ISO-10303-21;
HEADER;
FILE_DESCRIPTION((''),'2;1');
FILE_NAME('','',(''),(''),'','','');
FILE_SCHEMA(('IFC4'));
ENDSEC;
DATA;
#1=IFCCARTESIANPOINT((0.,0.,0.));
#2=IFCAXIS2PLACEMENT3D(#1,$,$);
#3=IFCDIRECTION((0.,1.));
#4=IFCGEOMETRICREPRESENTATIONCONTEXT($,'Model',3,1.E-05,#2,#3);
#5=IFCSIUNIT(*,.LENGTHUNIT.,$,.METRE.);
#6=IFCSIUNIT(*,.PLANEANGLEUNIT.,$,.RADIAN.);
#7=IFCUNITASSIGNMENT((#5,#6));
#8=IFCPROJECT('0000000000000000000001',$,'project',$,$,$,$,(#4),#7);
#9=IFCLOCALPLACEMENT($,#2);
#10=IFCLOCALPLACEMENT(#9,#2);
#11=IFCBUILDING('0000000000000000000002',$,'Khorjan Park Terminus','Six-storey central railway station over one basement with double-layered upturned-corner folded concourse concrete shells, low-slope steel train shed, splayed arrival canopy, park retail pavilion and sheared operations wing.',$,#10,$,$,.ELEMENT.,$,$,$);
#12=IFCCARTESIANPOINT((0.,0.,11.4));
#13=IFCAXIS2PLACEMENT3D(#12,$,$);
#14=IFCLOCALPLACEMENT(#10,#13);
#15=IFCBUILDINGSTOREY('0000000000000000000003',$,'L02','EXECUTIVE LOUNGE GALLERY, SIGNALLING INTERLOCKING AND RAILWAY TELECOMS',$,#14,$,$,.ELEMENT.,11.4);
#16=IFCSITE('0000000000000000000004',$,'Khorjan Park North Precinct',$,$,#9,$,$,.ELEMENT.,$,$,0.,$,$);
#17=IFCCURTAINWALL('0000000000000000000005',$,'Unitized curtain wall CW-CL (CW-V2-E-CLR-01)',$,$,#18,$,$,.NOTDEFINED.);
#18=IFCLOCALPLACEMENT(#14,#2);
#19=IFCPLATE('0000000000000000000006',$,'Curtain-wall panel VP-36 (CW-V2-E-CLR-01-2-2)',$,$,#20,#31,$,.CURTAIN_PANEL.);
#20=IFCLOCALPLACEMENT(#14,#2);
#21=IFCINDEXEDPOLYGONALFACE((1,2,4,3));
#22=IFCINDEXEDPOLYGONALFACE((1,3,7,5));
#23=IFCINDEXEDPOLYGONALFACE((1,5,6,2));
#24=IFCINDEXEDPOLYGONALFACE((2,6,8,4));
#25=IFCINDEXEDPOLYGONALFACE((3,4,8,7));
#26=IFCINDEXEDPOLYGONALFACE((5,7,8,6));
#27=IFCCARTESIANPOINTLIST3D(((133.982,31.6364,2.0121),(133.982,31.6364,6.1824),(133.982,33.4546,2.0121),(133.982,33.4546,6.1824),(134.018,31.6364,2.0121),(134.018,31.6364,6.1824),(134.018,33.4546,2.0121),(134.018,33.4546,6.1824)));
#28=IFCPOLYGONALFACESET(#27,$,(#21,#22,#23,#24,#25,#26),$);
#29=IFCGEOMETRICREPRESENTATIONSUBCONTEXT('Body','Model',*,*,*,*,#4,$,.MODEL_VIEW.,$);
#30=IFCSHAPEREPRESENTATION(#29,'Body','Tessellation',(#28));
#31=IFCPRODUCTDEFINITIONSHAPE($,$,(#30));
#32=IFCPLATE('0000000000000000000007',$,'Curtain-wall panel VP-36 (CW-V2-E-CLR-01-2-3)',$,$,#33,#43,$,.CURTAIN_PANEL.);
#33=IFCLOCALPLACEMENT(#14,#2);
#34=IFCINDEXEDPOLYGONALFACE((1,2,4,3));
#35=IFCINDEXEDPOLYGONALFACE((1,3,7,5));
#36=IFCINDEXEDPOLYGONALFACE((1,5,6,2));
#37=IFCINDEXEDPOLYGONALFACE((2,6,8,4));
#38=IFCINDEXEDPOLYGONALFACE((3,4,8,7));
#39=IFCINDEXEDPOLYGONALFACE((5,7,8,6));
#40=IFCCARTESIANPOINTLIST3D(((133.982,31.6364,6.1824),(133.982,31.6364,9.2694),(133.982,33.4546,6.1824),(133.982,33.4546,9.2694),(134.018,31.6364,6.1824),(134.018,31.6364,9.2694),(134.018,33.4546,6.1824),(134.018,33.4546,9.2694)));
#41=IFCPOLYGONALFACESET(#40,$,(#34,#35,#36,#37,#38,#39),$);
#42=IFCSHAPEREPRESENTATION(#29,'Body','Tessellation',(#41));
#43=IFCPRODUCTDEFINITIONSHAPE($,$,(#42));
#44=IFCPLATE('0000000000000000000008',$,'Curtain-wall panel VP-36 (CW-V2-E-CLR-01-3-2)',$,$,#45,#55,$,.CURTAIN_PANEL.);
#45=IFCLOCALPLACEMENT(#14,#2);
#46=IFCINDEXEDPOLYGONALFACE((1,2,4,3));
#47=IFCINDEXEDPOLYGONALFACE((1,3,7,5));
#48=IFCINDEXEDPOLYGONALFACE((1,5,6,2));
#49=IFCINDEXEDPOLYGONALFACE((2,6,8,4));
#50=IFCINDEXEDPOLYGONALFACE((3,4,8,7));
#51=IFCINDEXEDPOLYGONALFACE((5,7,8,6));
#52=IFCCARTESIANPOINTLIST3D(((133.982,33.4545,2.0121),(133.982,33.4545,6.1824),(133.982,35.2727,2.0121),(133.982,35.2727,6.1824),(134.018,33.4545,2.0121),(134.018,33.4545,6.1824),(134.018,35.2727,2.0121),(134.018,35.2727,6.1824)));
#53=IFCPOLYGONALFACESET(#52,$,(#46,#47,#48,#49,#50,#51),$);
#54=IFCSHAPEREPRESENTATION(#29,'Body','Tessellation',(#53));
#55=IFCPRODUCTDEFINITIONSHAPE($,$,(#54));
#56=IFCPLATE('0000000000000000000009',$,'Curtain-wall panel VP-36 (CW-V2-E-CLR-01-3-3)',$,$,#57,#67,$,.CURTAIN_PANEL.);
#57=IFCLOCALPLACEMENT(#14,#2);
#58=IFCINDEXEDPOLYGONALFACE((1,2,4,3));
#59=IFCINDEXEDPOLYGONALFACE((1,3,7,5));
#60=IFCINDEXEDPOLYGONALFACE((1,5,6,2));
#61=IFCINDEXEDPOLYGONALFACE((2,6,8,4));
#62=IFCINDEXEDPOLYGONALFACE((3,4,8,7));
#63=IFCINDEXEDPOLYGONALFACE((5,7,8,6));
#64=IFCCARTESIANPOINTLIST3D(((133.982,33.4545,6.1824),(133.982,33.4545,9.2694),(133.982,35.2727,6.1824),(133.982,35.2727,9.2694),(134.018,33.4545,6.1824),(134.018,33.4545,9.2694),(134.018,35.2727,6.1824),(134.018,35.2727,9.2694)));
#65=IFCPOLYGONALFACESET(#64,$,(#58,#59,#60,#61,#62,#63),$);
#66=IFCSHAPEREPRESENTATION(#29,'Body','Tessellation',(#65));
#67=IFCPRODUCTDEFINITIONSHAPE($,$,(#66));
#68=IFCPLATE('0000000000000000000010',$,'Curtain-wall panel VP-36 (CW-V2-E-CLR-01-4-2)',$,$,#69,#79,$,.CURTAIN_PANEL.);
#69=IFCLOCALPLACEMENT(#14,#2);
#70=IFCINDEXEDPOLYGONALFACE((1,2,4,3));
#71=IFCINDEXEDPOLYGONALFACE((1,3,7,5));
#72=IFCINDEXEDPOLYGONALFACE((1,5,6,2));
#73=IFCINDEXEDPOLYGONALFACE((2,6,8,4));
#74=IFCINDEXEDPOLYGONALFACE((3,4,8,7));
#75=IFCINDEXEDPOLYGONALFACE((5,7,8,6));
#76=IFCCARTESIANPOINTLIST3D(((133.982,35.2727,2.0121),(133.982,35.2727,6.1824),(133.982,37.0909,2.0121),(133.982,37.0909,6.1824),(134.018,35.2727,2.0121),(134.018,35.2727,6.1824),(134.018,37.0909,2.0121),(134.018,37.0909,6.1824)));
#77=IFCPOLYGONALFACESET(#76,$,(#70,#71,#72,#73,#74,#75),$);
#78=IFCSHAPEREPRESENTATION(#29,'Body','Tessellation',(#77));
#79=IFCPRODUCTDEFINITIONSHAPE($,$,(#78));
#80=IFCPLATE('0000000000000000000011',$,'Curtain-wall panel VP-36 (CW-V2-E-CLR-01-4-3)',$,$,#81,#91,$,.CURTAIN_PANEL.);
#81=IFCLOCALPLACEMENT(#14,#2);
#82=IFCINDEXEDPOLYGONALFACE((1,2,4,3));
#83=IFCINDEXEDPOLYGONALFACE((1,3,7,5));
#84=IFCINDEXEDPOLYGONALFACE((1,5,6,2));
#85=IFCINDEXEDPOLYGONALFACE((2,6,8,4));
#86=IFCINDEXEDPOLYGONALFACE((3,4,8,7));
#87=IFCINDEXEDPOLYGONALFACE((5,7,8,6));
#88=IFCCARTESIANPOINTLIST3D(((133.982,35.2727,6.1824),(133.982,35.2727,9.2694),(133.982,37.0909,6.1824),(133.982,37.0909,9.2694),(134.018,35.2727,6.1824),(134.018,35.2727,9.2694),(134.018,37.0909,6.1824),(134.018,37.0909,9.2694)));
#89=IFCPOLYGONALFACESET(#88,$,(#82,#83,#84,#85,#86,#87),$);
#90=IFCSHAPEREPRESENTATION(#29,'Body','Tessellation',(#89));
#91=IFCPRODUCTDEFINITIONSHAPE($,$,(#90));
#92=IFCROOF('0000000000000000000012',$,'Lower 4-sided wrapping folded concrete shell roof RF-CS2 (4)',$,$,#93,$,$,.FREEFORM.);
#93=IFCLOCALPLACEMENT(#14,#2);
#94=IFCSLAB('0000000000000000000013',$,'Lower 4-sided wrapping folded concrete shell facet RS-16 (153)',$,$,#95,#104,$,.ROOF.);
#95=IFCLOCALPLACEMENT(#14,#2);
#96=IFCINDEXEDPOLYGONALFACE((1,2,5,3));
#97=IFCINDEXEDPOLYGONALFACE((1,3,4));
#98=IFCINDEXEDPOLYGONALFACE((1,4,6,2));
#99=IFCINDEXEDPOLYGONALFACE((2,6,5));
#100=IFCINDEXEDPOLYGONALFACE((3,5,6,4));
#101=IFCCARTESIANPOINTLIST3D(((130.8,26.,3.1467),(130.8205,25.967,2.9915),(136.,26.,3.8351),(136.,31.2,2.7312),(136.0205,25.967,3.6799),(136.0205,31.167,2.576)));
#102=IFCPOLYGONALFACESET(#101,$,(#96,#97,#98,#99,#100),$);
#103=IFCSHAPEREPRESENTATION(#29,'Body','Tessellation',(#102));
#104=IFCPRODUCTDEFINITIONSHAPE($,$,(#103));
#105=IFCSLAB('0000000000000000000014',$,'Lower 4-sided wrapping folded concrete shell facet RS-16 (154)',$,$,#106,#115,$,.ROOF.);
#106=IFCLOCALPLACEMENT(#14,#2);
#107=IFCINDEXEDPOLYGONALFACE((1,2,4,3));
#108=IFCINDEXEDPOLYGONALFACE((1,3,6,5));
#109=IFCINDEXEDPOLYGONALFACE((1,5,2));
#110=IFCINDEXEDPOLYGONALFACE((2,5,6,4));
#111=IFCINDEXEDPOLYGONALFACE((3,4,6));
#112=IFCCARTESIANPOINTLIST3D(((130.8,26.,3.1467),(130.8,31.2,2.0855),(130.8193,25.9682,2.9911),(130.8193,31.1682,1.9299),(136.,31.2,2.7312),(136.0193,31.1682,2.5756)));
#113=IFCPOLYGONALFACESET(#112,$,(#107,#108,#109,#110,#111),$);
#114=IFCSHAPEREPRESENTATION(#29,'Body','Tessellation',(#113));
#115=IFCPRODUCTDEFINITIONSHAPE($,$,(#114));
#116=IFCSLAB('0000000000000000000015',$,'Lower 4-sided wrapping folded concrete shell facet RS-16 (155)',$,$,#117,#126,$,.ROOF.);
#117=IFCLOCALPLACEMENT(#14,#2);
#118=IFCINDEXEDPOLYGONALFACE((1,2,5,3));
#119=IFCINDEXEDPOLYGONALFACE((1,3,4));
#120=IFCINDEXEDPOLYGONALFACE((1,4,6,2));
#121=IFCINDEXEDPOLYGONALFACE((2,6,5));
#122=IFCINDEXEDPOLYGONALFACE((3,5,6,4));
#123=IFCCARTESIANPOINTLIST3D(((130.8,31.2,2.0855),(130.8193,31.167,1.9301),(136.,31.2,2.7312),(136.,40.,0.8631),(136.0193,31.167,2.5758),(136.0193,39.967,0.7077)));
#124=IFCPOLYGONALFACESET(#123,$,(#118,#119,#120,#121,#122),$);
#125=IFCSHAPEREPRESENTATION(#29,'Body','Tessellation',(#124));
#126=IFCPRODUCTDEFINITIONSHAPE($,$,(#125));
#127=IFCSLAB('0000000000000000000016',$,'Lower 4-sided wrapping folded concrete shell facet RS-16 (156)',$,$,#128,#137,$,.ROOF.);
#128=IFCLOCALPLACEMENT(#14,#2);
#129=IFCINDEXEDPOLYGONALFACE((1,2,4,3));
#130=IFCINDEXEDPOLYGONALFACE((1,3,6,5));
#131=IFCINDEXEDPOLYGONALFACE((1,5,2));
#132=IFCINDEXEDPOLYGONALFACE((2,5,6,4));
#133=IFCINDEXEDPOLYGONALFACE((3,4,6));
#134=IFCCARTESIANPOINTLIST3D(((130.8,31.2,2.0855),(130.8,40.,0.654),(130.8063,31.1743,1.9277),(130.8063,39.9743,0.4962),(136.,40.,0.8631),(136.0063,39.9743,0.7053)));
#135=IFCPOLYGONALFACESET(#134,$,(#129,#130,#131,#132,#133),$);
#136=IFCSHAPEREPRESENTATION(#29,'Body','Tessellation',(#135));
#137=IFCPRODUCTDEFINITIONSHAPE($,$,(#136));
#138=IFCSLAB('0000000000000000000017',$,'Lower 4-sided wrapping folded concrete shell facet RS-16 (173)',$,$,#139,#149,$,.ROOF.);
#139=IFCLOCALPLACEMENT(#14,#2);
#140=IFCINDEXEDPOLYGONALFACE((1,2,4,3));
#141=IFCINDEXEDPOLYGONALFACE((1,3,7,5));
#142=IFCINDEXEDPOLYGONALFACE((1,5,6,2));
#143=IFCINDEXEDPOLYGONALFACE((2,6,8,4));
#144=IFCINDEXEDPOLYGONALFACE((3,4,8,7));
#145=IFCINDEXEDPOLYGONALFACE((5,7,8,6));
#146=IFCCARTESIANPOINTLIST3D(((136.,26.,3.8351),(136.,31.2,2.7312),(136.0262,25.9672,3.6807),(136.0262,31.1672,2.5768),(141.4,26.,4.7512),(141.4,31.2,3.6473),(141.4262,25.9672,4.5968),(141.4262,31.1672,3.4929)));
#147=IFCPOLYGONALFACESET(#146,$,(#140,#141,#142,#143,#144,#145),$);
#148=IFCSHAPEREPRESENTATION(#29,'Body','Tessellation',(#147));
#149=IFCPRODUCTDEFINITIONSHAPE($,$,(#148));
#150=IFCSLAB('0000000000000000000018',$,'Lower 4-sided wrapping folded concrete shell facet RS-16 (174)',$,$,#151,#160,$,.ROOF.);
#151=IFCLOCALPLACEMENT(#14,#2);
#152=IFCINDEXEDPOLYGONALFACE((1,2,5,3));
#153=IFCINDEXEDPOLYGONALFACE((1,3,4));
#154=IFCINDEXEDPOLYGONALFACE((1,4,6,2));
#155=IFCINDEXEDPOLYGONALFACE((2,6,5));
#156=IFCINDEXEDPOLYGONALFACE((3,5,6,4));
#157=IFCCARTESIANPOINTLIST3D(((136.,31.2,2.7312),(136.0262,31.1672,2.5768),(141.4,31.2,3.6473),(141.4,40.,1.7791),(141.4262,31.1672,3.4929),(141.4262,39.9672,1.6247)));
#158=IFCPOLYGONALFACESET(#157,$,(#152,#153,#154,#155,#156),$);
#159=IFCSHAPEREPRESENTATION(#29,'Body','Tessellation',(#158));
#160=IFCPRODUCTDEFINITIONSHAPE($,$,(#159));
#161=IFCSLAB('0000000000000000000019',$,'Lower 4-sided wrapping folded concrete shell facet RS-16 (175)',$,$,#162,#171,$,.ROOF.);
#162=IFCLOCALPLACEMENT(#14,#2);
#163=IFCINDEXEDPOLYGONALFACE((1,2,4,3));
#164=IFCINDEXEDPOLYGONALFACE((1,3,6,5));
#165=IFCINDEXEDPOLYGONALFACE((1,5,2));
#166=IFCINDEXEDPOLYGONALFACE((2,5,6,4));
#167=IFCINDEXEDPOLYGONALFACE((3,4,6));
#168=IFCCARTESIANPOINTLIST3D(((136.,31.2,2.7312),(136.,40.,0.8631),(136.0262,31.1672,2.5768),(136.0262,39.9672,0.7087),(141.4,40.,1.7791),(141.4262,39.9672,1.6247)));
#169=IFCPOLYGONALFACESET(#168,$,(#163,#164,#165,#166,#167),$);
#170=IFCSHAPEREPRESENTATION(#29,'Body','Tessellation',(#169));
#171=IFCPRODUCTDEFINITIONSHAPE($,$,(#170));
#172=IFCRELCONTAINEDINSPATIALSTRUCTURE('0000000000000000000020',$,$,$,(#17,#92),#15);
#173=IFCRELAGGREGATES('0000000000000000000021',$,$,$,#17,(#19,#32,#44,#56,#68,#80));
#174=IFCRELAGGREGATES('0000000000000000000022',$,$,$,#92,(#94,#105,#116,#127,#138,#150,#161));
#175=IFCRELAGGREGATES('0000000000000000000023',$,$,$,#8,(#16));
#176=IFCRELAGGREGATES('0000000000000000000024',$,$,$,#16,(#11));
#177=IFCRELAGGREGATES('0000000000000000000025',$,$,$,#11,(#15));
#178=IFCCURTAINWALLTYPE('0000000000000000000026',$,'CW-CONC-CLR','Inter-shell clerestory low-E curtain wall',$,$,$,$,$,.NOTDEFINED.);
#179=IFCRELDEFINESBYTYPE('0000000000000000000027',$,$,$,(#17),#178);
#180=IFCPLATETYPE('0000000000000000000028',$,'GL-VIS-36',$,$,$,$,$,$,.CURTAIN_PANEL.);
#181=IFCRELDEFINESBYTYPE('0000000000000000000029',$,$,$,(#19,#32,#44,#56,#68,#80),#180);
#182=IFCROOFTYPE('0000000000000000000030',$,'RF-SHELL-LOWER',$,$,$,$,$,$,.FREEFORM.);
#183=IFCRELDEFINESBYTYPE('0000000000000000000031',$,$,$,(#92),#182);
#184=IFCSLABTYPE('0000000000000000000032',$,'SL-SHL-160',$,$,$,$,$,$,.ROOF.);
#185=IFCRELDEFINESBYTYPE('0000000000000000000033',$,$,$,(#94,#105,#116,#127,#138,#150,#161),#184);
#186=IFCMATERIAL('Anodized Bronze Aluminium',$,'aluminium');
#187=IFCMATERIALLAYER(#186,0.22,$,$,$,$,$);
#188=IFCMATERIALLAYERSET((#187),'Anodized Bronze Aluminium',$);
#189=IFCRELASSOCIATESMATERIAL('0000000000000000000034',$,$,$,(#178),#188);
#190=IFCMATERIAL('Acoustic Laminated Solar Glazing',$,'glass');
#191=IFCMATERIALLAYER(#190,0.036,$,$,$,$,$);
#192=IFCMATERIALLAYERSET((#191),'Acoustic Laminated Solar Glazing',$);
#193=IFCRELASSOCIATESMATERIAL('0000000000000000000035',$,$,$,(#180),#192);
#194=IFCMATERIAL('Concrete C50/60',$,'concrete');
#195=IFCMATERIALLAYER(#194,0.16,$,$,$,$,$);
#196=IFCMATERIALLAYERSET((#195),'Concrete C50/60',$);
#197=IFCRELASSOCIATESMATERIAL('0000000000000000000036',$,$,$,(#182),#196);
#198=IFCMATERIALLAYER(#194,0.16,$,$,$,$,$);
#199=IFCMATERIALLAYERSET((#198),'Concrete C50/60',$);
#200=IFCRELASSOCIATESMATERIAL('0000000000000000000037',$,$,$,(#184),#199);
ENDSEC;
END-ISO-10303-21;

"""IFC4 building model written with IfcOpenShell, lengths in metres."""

from ifc_helpers import new_model, si_unit, direction, frame, origin, origin_2d, place, context, subcontext, project, spatial, polyline, rectangle, outline, extrude, material, layer, layer_set, type_object, element, aggregate, save


model = new_model("IFC4")

# Units and contexts
model_context = context("Model", 3, precision=1e-05, world=origin(), true_north=direction((0.0, 1.0)))
body_context = subcontext(model_context, "Body", "Model", "MODEL_VIEW")
ifc_project = project(units=[si_unit("LENGTHUNIT", "METRE"), si_unit("PLANEANGLEUNIT", "RADIAN")], contexts=[model_context])

# Site, building, storey
site_placement = place(None, origin())
site = spatial("IfcSite", under=ifc_project, at=site_placement, Name="Khorjan Park North Precinct", CompositionType="ELEMENT", RefElevation=0.0)
building_placement = place(site_placement, origin())
building = spatial("IfcBuilding", under=site, at=building_placement, Name="Khorjan Park Terminus", Description="Six-storey central railway station over one basement with double-layered upturned-corner folded concourse concrete shells, low-slope steel train shed, splayed arrival canopy, park retail pavilion and sheared operations wing.", CompositionType="ELEMENT")
storey_placement = place(building_placement, frame((0.0, 0.0, 11.4)))
storey = spatial("IfcBuildingStorey", under=building, at=storey_placement, Name="L02", Description="EXECUTIVE LOUNGE GALLERY, SIGNALLING INTERLOCKING AND RAILWAY TELECOMS", CompositionType="ELEMENT", Elevation=11.4)

# Curtain wall, plates
ifc_material_1 = material(Name="Anodized Bronze Aluminium", Category="aluminium")
ifc_layer_1 = layer(ifc_material_1, 0.22)
ifc_layer_set_1 = layer_set([ifc_layer_1], Name="Anodized Bronze Aluminium")
curtain_wall_type = type_object("IfcCurtainWallType", Name="CW-CONC-CLR", Description="Inter-shell clerestory low-E curtain wall", PredefinedType="NOTDEFINED", material=ifc_layer_set_1)
curtain_wall_placement = place(storey_placement, origin())
curtain_wall = element("IfcCurtainWall", 1, at=curtain_wall_placement, inside=storey, type_object=curtain_wall_type, Name="Unitized curtain wall CW-CL (CW-V2-E-CLR-01)", PredefinedType="NOTDEFINED")
ifc_material_2 = material(Name="Acoustic Laminated Solar Glazing", Category="glass")
ifc_layer_2 = layer(ifc_material_2, 0.036)
ifc_layer_set_2 = layer_set([ifc_layer_2], Name="Acoustic Laminated Solar Glazing")
plate_type = type_object("IfcPlateType", Name="GL-VIS-36", PredefinedType="CURTAIN_PANEL", material=ifc_layer_set_2)
plate_1_placement = place(storey_placement, frame((134.0, 32.5455, 2.0121), z_axis=(0.0, 0.0, 1.0), x_axis=(0.0, 1.0, 0.0)))
plate_1 = element("IfcPlate", 2, at=plate_1_placement, type_object=plate_type, Name="Curtain-wall panel VP-36 (CW-V2-E-CLR-01-2-2)", PredefinedType="CURTAIN_PANEL", context=body_context, shape_type="SweptSolid", body=[
    extrude(rectangle(XDim=1.8182, YDim=0.036, at=origin_2d()), origin(), (0.0, 0.0, 1.0), 4.1703),
])
plate_2_placement = place(storey_placement, frame((134.0, 32.5455, 6.1824), z_axis=(0.0, 0.0, 1.0), x_axis=(0.0, 1.0, 0.0)))
plate_2 = element("IfcPlate", 3, at=plate_2_placement, type_object=plate_type, Name="Curtain-wall panel VP-36 (CW-V2-E-CLR-01-2-3)", PredefinedType="CURTAIN_PANEL", context=body_context, shape_type="SweptSolid", body=[
    extrude(rectangle(XDim=1.8182, YDim=0.036, at=origin_2d()), origin(), (0.0, 0.0, 1.0), 3.087),
])
plate_3_placement = place(storey_placement, frame((134.0, 34.3636, 2.0121), z_axis=(0.0, 0.0, 1.0), x_axis=(0.0, 1.0, 0.0)))
plate_3 = element("IfcPlate", 4, at=plate_3_placement, type_object=plate_type, Name="Curtain-wall panel VP-36 (CW-V2-E-CLR-01-3-2)", PredefinedType="CURTAIN_PANEL", context=body_context, shape_type="SweptSolid", body=[
    extrude(rectangle(XDim=1.8182, YDim=0.036, at=origin_2d()), origin(), (0.0, 0.0, 1.0), 4.1703),
])
plate_4_placement = place(storey_placement, frame((134.0, 34.3636, 6.1824), z_axis=(0.0, 0.0, 1.0), x_axis=(0.0, 1.0, 0.0)))
plate_4 = element("IfcPlate", 5, at=plate_4_placement, type_object=plate_type, Name="Curtain-wall panel VP-36 (CW-V2-E-CLR-01-3-3)", PredefinedType="CURTAIN_PANEL", context=body_context, shape_type="SweptSolid", body=[
    extrude(rectangle(XDim=1.8182, YDim=0.036, at=origin_2d()), origin(), (0.0, 0.0, 1.0), 3.087),
])
plate_5_placement = place(storey_placement, frame((134.0, 36.1818, 2.0121), z_axis=(0.0, 0.0, 1.0), x_axis=(0.0, 1.0, 0.0)))
plate_5 = element("IfcPlate", 6, at=plate_5_placement, type_object=plate_type, Name="Curtain-wall panel VP-36 (CW-V2-E-CLR-01-4-2)", PredefinedType="CURTAIN_PANEL", context=body_context, shape_type="SweptSolid", body=[
    extrude(rectangle(XDim=1.8182, YDim=0.036, at=origin_2d()), origin(), (0.0, 0.0, 1.0), 4.1703),
])
plate_6_placement = place(storey_placement, frame((134.0, 36.1818, 6.1824), z_axis=(0.0, 0.0, 1.0), x_axis=(0.0, 1.0, 0.0)))
plate_6 = element("IfcPlate", 7, at=plate_6_placement, type_object=plate_type, Name="Curtain-wall panel VP-36 (CW-V2-E-CLR-01-4-3)", PredefinedType="CURTAIN_PANEL", context=body_context, shape_type="SweptSolid", body=[
    extrude(rectangle(XDim=1.8182, YDim=0.036, at=origin_2d()), origin(), (0.0, 0.0, 1.0), 3.087),
])
aggregate(curtain_wall, [plate_1, plate_2, plate_3, plate_4, plate_5, plate_6])

# Roof, slabs
ifc_material_3 = material(Name="Concrete C50/60", Category="concrete")
ifc_layer_3 = layer(ifc_material_3, 0.16)
ifc_layer_set_3 = layer_set([ifc_layer_3], Name="Concrete C50/60")
roof_type = type_object("IfcRoofType", Name="RF-SHELL-LOWER", PredefinedType="FREEFORM", material=ifc_layer_set_3)
roof_placement = place(storey_placement, origin())
roof = element("IfcRoof", 8, at=roof_placement, inside=storey, type_object=roof_type, Name="Lower 4-sided wrapping folded concrete shell roof RF-CS2 (4)", PredefinedType="FREEFORM")
ifc_layer_4 = layer(ifc_material_3, 0.16)
ifc_layer_set_4 = layer_set([ifc_layer_4], Name="Concrete C50/60")
slab_type = type_object("IfcSlabType", Name="SL-SHL-160", PredefinedType="ROOF", material=ifc_layer_set_4)
slab_1_placement = place(storey_placement, frame((130.8, 26.0, 3.1467), z_axis=(-0.128426, 0.205941, 0.9701), x_axis=(0.991351, 0.0, 0.13124)))
slab_1 = element("IfcSlab", 9, at=slab_1_placement, type_object=slab_type, Name="Lower 4-sided wrapping folded concrete shell facet RS-16 (153)", PredefinedType="ROOF", context=body_context, shape_type="SweptSolid", body=[
    extrude(outline(polyline([(0.0, 0.0), (5.2454, 0.0), (5.1005, 5.3139), (0.0, 0.0)])), origin(), (0.0, 0.0, -1.0), 0.16),
])
slab_2_placement = place(storey_placement, frame((130.8, 26.0, 3.1467), z_axis=(-0.120775, 0.198492, 0.972633), x_axis=(0.705981, 0.705981, -0.056411)))
slab_2 = element("IfcSlab", 10, at=slab_2_placement, type_object=slab_type, Name="Lower 4-sided wrapping folded concrete shell facet RS-16 (154)", PredefinedType="ROOF", context=body_context, shape_type="SweptSolid", body=[
    extrude(outline(polyline([(0.0, 0.0), (7.3656, 0.0), (3.731, 3.7744), (0.0, 0.0)])), origin(), (0.0, 0.0, -1.0), 0.16),
])
slab_3_placement = place(storey_placement, frame((130.8, 31.2, 2.0855), z_axis=(-0.12058, 0.206142, 0.971064), x_axis=(0.992379, 0.0, 0.123227)))
slab_3 = element("IfcSlab", 11, at=slab_3_placement, type_object=slab_type, Name="Lower 4-sided wrapping folded concrete shell facet RS-16 (155)", PredefinedType="ROOF", context=body_context, shape_type="SweptSolid", body=[
    extrude(outline(polyline([(0.0, 0.0), (5.2399, 0.0), (5.0097, 8.9932), (0.0, 0.0)])), origin(), (0.0, 0.0, -1.0), 0.16),
])
slab_4_placement = place(storey_placement, frame((130.8, 31.2, 2.0855), z_axis=(-0.039659, 0.160434, 0.98625), x_axis=(0.50513, 0.854835, -0.118744)))
slab_4 = element("IfcSlab", 12, at=slab_4_placement, type_object=slab_type, Name="Lower 4-sided wrapping folded concrete shell facet RS-16 (156)", PredefinedType="ROOF", context=body_context, shape_type="SweptSolid", body=[
    extrude(outline(polyline([(0.0, 0.0), (10.2944, 0.0), (7.6925, 4.5071), (0.0, 0.0)])), origin(), (0.0, 0.0, -1.0), 0.16),
])
slab_5_placement = place(storey_placement, frame((136.0, 26.0, 3.8351), z_axis=(-0.163711, 0.204859, 0.965003), x_axis=(0.985913, 0.0, 0.167258)))
slab_5 = element("IfcSlab", 13, at=slab_5_placement, type_object=slab_type, Name="Lower 4-sided wrapping folded concrete shell facet RS-16 (173)", PredefinedType="ROOF", context=body_context, shape_type="SweptSolid", body=[
    extrude(outline(polyline([(0.0, 0.0), (5.4772, 0.0), (5.2925, 5.3127), (-0.1846, 5.3127), (0.0, 0.0)])), origin(), (0.0, 0.0, -1.0), 0.16),
])
slab_6_placement = place(storey_placement, frame((136.0, 31.2, 2.7312), z_axis=(-0.163711, 0.204866, 0.965002), x_axis=(0.985913, 0.0, 0.167258)))
slab_6 = element("IfcSlab", 14, at=slab_6_placement, type_object=slab_type, Name="Lower 4-sided wrapping folded concrete shell facet RS-16 (174)", PredefinedType="ROOF", context=body_context, shape_type="SweptSolid", body=[
    extrude(outline(polyline([(0.0, 0.0), (5.4772, 0.0), (5.1647, 8.9907), (0.0, 0.0)])), origin(), (0.0, 0.0, -1.0), 0.16),
])
slab_7_placement = place(storey_placement, frame((136.0, 31.2, 2.7312), z_axis=(-0.163694, 0.204856, 0.965007), x_axis=(0.520807, 0.848722, -0.091826)))
slab_7 = element("IfcSlab", 15, at=slab_7_placement, type_object=slab_type, Name="Lower 4-sided wrapping folded concrete shell facet RS-16 (175)", PredefinedType="ROOF", context=body_context, shape_type="SweptSolid", body=[
    extrude(outline(polyline([(0.0, 0.0), (10.3685, 0.0), (7.6403, 4.7493), (0.0, 0.0)])), origin(), (0.0, 0.0, -1.0), 0.16),
])
aggregate(roof, [slab_1, slab_2, slab_3, slab_4, slab_5, slab_6, slab_7])

save(model, "model.ifc")
